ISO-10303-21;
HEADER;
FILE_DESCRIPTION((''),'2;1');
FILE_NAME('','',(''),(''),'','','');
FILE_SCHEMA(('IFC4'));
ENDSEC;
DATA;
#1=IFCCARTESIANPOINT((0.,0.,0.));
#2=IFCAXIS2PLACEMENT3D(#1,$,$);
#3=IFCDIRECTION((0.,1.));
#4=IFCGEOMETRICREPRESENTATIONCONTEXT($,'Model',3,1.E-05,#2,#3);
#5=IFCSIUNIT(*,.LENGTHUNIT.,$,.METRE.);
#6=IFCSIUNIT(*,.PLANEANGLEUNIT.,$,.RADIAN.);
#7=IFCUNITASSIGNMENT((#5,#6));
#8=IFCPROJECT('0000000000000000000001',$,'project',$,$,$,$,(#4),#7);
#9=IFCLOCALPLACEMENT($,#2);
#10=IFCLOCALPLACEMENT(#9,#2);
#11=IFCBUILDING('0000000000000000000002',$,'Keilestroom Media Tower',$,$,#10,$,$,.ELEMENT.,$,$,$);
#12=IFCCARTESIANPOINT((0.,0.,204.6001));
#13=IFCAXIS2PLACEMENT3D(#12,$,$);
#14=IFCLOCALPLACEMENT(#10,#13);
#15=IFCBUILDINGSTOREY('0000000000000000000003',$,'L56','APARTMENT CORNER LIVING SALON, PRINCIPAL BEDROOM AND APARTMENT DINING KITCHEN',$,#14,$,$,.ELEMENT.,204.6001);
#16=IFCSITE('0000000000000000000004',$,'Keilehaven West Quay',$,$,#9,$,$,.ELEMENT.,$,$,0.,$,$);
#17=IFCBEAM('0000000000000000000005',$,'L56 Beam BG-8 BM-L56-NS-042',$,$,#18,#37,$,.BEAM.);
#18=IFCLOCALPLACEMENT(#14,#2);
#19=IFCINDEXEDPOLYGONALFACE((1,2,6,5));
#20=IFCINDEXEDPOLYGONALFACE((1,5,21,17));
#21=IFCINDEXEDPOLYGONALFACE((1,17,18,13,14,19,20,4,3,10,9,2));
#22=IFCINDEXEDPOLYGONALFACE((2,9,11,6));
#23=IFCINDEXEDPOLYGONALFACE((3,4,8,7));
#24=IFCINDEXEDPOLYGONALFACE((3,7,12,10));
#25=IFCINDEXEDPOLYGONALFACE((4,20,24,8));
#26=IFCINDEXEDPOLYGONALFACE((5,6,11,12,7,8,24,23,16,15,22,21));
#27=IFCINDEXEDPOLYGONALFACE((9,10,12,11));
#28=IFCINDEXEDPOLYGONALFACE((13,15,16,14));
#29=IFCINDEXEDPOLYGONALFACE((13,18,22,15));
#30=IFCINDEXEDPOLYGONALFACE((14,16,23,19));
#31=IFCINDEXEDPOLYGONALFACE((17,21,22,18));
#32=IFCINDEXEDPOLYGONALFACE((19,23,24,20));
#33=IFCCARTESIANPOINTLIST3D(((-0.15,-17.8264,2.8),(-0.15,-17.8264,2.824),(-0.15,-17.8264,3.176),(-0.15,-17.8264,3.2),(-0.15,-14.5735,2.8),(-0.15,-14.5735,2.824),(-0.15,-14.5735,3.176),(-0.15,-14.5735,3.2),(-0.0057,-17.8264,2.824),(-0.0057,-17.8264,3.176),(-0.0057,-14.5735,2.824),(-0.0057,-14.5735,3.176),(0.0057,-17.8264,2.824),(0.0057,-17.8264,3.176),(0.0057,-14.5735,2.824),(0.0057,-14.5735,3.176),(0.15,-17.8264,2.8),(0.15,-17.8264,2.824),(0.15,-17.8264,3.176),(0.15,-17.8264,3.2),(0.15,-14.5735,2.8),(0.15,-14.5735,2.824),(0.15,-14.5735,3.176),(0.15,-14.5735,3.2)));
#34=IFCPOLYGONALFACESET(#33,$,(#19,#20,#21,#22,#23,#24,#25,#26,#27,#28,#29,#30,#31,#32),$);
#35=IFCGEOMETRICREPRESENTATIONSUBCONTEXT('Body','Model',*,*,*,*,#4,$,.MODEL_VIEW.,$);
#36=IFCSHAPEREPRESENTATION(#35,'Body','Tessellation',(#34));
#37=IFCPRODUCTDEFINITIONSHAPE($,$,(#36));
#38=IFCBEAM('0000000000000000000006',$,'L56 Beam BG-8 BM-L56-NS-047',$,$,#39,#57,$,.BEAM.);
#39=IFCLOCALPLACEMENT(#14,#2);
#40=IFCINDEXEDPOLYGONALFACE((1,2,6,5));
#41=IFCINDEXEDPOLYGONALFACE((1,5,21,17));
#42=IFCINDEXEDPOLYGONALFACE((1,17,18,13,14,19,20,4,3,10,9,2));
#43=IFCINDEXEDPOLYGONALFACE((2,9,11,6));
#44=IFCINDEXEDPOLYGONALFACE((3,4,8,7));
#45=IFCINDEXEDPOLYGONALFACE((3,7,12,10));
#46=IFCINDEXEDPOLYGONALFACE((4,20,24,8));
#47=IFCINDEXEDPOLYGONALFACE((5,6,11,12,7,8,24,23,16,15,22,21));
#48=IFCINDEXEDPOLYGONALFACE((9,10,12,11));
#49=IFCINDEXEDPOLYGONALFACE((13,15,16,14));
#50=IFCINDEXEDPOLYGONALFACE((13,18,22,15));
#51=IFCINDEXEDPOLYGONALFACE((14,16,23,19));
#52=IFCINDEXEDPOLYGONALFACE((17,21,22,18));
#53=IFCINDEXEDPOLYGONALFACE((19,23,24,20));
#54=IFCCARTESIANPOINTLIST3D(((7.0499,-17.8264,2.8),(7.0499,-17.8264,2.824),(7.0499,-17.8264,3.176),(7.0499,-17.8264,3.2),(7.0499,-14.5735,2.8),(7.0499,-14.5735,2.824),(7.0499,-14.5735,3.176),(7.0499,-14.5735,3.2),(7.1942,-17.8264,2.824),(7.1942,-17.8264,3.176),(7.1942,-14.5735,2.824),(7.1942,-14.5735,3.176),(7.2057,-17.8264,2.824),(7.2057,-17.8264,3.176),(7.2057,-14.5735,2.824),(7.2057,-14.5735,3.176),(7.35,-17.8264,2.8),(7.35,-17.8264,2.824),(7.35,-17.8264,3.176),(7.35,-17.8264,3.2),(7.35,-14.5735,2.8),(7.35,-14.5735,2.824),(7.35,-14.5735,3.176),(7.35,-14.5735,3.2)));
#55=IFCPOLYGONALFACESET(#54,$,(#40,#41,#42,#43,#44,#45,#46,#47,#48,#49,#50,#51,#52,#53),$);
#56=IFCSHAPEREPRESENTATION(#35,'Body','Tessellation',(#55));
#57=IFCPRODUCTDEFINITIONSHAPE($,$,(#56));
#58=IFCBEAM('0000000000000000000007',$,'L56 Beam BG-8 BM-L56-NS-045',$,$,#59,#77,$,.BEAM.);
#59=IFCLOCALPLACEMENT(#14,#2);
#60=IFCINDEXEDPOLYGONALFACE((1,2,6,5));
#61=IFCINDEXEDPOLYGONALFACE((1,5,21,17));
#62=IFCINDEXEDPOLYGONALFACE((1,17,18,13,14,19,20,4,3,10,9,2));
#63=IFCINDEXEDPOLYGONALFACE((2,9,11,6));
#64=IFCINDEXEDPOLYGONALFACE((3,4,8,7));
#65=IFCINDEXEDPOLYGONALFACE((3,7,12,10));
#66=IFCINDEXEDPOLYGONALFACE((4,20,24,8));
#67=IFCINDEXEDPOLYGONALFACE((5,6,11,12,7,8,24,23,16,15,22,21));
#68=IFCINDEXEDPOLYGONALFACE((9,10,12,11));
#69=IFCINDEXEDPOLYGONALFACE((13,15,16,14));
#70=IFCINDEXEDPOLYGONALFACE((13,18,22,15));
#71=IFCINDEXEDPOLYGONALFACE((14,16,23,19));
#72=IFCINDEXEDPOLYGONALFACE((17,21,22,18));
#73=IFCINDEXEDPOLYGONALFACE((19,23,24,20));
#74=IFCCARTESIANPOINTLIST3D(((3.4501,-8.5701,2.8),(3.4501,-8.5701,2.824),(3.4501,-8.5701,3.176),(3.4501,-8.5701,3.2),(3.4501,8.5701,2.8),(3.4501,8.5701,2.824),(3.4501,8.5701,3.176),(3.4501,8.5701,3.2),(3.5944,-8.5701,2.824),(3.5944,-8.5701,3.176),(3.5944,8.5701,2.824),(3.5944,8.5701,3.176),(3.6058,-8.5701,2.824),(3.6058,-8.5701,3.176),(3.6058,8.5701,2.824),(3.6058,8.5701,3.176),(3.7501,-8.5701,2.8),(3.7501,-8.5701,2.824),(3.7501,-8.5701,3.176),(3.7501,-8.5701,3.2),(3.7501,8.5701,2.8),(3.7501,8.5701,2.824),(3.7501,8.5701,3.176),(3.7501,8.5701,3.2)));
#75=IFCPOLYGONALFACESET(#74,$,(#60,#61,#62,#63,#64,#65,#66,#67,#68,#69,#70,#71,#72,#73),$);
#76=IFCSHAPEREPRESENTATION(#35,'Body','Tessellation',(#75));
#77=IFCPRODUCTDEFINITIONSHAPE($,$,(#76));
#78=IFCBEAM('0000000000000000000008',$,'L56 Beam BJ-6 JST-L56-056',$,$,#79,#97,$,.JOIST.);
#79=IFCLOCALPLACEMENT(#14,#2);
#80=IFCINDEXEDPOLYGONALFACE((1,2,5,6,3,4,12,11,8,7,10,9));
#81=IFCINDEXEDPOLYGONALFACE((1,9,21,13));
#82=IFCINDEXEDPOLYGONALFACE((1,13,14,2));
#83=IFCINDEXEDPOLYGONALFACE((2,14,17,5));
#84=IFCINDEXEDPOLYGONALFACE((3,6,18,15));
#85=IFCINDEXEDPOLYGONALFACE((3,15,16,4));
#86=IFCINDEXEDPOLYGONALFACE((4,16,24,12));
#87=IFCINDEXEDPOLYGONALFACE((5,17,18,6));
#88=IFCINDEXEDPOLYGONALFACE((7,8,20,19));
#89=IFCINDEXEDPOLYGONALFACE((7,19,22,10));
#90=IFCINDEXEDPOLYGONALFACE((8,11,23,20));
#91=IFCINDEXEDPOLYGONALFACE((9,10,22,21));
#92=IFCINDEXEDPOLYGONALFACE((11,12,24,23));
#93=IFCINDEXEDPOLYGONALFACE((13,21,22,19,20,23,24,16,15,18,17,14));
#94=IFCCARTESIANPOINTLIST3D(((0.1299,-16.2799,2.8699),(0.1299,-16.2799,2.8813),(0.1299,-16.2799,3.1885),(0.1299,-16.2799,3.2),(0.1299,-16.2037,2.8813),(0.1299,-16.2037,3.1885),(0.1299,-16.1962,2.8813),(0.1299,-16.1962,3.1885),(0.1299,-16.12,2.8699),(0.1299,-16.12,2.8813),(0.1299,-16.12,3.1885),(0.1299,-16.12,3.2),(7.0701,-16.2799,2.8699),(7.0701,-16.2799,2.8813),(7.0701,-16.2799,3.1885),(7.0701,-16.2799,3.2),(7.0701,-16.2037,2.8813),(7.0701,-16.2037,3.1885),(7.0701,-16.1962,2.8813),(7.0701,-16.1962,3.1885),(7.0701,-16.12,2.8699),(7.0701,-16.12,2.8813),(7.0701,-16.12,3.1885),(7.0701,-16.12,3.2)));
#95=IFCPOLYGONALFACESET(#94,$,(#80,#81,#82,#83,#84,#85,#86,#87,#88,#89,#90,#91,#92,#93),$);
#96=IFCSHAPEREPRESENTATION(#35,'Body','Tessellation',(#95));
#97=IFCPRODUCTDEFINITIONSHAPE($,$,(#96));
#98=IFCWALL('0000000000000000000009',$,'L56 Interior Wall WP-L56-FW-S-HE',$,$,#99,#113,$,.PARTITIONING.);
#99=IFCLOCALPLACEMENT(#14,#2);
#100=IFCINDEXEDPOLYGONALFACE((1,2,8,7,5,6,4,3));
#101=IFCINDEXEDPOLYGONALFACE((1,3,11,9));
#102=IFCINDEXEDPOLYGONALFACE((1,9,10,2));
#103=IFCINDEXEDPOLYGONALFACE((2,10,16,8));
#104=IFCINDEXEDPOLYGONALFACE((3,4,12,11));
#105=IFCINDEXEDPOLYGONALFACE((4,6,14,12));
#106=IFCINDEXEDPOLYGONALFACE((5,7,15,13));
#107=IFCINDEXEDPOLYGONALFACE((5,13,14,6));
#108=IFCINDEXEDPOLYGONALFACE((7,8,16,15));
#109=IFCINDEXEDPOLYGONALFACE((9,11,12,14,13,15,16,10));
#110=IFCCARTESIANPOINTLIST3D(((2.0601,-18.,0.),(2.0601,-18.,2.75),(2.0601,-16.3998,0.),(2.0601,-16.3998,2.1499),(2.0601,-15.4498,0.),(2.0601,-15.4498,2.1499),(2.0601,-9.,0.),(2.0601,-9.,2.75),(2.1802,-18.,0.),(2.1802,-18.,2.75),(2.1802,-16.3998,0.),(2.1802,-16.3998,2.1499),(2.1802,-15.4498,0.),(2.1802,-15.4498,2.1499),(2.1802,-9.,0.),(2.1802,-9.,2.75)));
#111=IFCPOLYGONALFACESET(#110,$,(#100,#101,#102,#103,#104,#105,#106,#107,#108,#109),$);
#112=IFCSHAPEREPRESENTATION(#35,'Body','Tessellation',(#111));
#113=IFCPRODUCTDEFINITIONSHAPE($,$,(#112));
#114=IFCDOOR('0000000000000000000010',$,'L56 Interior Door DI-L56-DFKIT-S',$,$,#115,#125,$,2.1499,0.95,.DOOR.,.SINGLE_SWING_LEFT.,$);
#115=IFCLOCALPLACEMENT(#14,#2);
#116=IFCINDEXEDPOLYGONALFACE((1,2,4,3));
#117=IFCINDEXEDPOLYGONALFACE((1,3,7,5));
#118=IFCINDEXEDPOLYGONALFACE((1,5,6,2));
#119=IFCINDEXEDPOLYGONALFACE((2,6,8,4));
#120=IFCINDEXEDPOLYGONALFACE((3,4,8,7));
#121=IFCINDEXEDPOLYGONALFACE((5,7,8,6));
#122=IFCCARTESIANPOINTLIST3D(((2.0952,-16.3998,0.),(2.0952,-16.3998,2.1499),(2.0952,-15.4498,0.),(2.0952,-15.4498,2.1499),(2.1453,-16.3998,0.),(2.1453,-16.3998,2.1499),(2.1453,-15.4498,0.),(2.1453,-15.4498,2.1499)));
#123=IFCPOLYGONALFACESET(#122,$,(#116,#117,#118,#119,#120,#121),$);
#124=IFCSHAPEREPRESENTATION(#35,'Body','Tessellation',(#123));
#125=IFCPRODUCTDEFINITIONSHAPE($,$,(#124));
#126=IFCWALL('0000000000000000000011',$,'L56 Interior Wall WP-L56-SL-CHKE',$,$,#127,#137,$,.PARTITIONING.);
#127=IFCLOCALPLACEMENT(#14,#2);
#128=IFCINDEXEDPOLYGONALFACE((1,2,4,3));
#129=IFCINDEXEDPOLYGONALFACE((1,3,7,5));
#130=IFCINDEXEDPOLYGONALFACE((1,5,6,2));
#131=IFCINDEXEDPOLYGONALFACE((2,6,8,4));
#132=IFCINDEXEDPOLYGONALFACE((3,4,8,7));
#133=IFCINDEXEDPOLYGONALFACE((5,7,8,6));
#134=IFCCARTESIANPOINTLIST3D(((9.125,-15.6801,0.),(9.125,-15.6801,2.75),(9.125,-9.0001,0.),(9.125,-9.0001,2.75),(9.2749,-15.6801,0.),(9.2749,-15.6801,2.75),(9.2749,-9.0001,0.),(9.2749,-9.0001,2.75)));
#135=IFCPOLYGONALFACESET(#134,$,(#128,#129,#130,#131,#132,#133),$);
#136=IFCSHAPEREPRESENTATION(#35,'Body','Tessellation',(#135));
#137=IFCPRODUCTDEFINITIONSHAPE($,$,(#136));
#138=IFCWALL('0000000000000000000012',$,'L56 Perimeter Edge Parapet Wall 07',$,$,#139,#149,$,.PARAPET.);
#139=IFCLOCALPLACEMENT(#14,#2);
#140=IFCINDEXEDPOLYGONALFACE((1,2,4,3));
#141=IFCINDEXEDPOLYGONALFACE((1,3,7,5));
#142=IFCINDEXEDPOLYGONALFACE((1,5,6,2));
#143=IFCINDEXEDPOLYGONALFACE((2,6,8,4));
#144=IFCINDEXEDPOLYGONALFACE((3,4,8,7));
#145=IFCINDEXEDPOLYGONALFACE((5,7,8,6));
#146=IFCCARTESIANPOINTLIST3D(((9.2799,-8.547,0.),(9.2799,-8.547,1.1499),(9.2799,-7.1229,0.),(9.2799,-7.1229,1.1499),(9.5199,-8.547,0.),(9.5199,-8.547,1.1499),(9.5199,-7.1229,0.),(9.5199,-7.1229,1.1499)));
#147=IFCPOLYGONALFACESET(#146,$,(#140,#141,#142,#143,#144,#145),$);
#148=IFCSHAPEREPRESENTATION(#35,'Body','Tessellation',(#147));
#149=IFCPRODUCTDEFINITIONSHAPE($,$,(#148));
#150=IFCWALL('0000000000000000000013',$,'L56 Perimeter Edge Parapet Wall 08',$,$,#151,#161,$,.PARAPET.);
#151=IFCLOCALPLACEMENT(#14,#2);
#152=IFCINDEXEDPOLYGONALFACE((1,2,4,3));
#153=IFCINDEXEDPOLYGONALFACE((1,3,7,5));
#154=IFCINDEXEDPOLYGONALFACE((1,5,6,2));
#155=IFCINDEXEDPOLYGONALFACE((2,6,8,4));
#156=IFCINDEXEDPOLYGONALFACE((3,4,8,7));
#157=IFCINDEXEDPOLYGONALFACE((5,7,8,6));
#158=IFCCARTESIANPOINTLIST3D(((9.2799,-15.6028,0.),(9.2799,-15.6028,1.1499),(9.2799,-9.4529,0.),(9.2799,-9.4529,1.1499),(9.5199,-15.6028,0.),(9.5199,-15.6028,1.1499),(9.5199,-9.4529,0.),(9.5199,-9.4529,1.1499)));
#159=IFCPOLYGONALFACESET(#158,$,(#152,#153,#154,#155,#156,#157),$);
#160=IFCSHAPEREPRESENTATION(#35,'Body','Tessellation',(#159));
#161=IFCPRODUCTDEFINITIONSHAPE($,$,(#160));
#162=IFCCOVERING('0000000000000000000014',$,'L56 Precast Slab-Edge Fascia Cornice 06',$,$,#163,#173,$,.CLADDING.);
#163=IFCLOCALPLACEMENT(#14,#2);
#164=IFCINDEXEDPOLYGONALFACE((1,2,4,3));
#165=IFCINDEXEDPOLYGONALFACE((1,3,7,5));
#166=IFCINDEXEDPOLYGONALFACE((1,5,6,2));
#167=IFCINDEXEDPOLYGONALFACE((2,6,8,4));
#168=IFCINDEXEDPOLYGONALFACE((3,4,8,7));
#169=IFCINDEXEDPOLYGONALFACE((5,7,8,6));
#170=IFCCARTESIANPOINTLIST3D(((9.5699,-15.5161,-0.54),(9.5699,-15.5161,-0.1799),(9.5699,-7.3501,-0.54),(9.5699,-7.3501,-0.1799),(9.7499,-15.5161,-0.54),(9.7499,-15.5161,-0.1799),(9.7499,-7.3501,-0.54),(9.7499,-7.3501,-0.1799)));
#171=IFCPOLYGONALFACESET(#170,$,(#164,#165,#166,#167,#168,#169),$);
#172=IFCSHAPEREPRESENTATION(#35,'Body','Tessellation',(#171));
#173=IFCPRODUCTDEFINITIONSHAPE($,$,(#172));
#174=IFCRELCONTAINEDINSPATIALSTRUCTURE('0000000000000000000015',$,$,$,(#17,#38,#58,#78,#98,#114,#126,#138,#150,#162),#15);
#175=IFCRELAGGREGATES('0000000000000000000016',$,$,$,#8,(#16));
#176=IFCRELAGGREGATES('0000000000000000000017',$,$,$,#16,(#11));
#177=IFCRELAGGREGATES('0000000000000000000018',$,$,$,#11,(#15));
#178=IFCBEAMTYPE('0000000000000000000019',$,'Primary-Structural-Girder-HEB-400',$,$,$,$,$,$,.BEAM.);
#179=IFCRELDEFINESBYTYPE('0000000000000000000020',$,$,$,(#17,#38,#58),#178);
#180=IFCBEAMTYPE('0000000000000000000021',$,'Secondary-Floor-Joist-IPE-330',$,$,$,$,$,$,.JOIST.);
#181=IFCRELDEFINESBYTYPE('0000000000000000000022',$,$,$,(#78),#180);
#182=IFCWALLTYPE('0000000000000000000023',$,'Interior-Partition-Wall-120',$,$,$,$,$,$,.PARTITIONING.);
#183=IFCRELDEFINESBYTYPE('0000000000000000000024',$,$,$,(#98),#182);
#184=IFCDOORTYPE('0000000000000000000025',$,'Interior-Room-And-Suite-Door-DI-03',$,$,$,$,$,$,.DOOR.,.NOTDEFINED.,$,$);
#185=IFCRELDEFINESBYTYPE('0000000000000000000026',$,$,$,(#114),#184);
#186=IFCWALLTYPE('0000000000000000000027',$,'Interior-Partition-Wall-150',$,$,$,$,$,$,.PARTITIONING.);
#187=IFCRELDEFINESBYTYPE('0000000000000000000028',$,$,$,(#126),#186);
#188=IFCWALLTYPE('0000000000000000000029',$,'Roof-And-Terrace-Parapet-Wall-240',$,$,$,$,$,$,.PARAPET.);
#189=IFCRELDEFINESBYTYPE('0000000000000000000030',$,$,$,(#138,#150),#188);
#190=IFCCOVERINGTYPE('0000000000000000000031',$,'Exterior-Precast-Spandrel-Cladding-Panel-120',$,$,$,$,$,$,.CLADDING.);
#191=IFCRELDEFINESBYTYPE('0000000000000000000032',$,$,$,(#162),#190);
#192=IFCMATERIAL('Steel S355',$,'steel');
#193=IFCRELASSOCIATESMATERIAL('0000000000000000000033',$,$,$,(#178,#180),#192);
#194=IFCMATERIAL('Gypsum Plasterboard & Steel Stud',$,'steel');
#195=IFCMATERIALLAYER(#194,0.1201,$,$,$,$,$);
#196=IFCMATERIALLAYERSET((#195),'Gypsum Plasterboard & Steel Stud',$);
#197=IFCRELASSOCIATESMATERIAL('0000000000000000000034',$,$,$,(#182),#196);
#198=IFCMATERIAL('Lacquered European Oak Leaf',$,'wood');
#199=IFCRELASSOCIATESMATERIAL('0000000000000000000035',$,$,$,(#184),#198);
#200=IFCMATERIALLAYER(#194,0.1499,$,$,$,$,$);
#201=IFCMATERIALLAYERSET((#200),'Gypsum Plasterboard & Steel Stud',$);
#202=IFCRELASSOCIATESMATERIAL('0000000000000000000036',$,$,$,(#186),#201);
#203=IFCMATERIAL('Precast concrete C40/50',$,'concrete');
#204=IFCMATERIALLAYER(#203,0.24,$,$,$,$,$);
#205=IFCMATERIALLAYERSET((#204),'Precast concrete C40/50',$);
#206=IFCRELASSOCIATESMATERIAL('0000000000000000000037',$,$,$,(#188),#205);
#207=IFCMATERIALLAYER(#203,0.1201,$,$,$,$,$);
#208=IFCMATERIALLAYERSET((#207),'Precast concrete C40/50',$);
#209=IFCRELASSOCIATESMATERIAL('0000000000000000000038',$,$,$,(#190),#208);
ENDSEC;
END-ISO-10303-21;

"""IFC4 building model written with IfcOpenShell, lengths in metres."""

from ifc_helpers import new_model, si_unit, direction, frame, frame_2d, origin, origin_2d, place, context, subcontext, project, spatial, rectangle, i_section, extrude, source, transform, mapped, material, layer, layer_set, material_profile, profile_set, type_object, element, fill, save


model = new_model("IFC4")

# Units and contexts
model_context = context("Model", 3, precision=1e-05, world=origin(), true_north=direction((0.0, 1.0)))
body_context = subcontext(model_context, "Body", "Model", "MODEL_VIEW")
ifc_project = project(units=[si_unit("LENGTHUNIT", "METRE"), si_unit("PLANEANGLEUNIT", "RADIAN")], contexts=[model_context])

# Site, building, storey
site_placement = place(None, origin())
site = spatial("IfcSite", under=ifc_project, at=site_placement, Name="Keilehaven West Quay", CompositionType="ELEMENT", RefElevation=0.0)
building_placement = place(site_placement, origin())
building = spatial("IfcBuilding", under=site, at=building_placement, Name="Keilestroom Media Tower", CompositionType="ELEMENT")
storey_placement = place(building_placement, frame((0.0, 0.0, 204.6001)))
storey = spatial("IfcBuildingStorey", under=building, at=storey_placement, Name="L56", Description="APARTMENT CORNER LIVING SALON, PRINCIPAL BEDROOM AND APARTMENT DINING KITCHEN", CompositionType="ELEMENT", Elevation=204.6001)

# Shared definitions
ifc_material_1 = material(Name="Precast concrete C40/50", Category="concrete")
ifc_material_2 = material(Name="Steel S355", Category="steel")

# Beams
ifc_material_profile_1 = material_profile(ifc_material_2, i_section(OverallWidth=0.3, OverallDepth=0.3999, WebThickness=0.0115, FlangeThickness=0.0239, at=origin_2d()), Name="HEB 400")
ifc_profile_set_1 = profile_set([ifc_material_profile_1], Name="Steel S355")
beam_type_1 = type_object("IfcBeamType", Name="Primary-Structural-Girder-HEB-400", PredefinedType="BEAM", material=ifc_profile_set_1)
shared_shape_1 = source(origin(), body_context, "Body", "SweptSolid", [
    extrude(i_section(OverallWidth=0.3, OverallDepth=0.3999, WebThickness=0.0115, FlangeThickness=0.0239, at=origin_2d()), origin(), (0.0, 0.0, 1.0), 3.2529),
])
for number, where, z_axis, x_axis, name in (
    (1, (0.0, -17.8264, 3.0), (0.0, 1.0, 0.0), (-1.0, 0.0, 0.0), "L56 Beam BG-8 BM-L56-NS-042"),
    (2, (7.2, -17.8264, 3.0), (0.0, 1.0, 0.0), (-1.0, 0.0, 0.0), "L56 Beam BG-8 BM-L56-NS-047"),
):
    element("IfcBeam", number, at=place(storey_placement, frame(where, z_axis=z_axis, x_axis=x_axis)), inside=storey, type_object=beam_type_1, Name=name, PredefinedType="BEAM", context=body_context, shape_type="MappedRepresentation", body=[
        mapped(shared_shape_1, transform((0.0, 0.0, 0.0), x_axis=(1.0, 0.0, 0.0), y_axis=(0.0, 1.0, 0.0), z_axis=(0.0, 0.0, 1.0), scale=1.0)),
    ])
shared_shape_2 = source(origin(), body_context, "Body", "SweptSolid", [
    extrude(i_section(OverallWidth=0.3, OverallDepth=0.3999, WebThickness=0.0115, FlangeThickness=0.0239, at=origin_2d()), origin(), (0.0, 0.0, 1.0), 17.1401),
])
beam_1_placement = place(storey_placement, frame((3.6001, -8.5701, 3.0), z_axis=(0.0, 1.0, 0.0), x_axis=(-1.0, 0.0, 0.0)))
element("IfcBeam", 3, at=beam_1_placement, inside=storey, type_object=beam_type_1, Name="L56 Beam BG-8 BM-L56-NS-045", PredefinedType="BEAM", context=body_context, shape_type="MappedRepresentation", body=[
    mapped(shared_shape_2, transform((0.0, 0.0, 0.0), x_axis=(1.0, 0.0, 0.0), y_axis=(0.0, 1.0, 0.0), z_axis=(0.0, 0.0, 1.0), scale=1.0)),
])
ifc_material_profile_2 = material_profile(ifc_material_2, i_section(OverallWidth=0.1599, OverallDepth=0.3301, WebThickness=0.0076, FlangeThickness=0.0115, at=origin_2d()), Name="IPE 330")
ifc_profile_set_2 = profile_set([ifc_material_profile_2], Name="Steel S355")
beam_type_2 = type_object("IfcBeamType", Name="Secondary-Floor-Joist-IPE-330", PredefinedType="JOIST", material=ifc_profile_set_2)
shared_shape_3 = source(origin(), body_context, "Body", "SweptSolid", [
    extrude(i_section(OverallWidth=0.1599, OverallDepth=0.3301, WebThickness=0.0076, FlangeThickness=0.0115, at=origin_2d()), origin(), (0.0, 0.0, 1.0), 6.9402),
])
beam_2_placement = place(storey_placement, frame((0.1299, -16.2, 3.0349), z_axis=(1.0, 0.0, 0.0), x_axis=(0.0, 1.0, 0.0)))
element("IfcBeam", 4, at=beam_2_placement, inside=storey, type_object=beam_type_2, Name="L56 Beam BJ-6 JST-L56-056", PredefinedType="JOIST", context=body_context, shape_type="MappedRepresentation", body=[
    mapped(shared_shape_3, transform((0.0, 0.0, 0.0), x_axis=(1.0, 0.0, 0.0), y_axis=(0.0, 1.0, 0.0), z_axis=(0.0, 0.0, 1.0), scale=1.0)),
])

# Wall, opening, door
ifc_material_3 = material(Name="Gypsum Plasterboard & Steel Stud", Category="steel")
ifc_layer_1 = layer(ifc_material_3, 0.1201)
ifc_layer_set_1 = layer_set([ifc_layer_1], Name="Gypsum Plasterboard & Steel Stud")
wall_type_1 = type_object("IfcWallType", Name="Interior-Partition-Wall-120", PredefinedType="PARTITIONING", material=ifc_layer_set_1)
wall_1_placement = place(storey_placement, frame((2.1201, -18.0, 0.0), z_axis=(0.0, 0.0, 1.0), x_axis=(0.0, 1.0, 0.0)))
wall_1 = element("IfcWall", 5, at=wall_1_placement, inside=storey, type_object=wall_type_1, Name="L56 Interior Wall WP-L56-FW-S-HE", PredefinedType="PARTITIONING", context=body_context, shape_type="SweptSolid", body=[
    extrude(rectangle(XDim=9.0, YDim=0.1201, at=frame_2d((4.5, 0.0))), origin(), (0.0, 0.0, 1.0), 2.75),
])
opening_placement = place(wall_1_placement, frame((1.6001, 0.0, 0.0)))
opening = element("IfcOpeningElement", 6, at=opening_placement, cuts=wall_1, PredefinedType="OPENING", context=body_context, shape_type="SweptSolid", body=[
    extrude(rectangle(XDim=0.95, YDim=2.1499, at=frame_2d((0.4751, 1.075))), frame((0.0, 0.0701, 0.0), z_axis=(0.0, -1.0, 0.0), x_axis=(1.0, 0.0, 0.0)), (0.0, 0.0, 1.0), 0.1401),
])
ifc_material_4 = material(Name="Lacquered European Oak Leaf", Category="wood")
door_type = type_object("IfcDoorType", Name="Interior-Room-And-Suite-Door-DI-03", OperationType="NOTDEFINED", PredefinedType="DOOR", material=ifc_material_4)
shared_shape_4 = source(origin(), body_context, "Body", "SweptSolid", [
    extrude(rectangle(XDim=0.95, YDim=2.1499, at=frame_2d((0.4751, 1.075))), frame((0.0, 0.0249, 0.0), z_axis=(0.0, -1.0, 0.0), x_axis=(1.0, 0.0, 0.0)), (0.0, 0.0, 1.0), 0.05),
])
door_placement = place(opening_placement, origin())
door = element("IfcDoor", 7, at=door_placement, inside=storey, type_object=door_type, Name="L56 Interior Door DI-L56-DFKIT-S", OperationType="SINGLE_SWING_LEFT", OverallHeight=2.1499, OverallWidth=0.95, PredefinedType="DOOR", context=body_context, shape_type="MappedRepresentation", body=[
    mapped(shared_shape_4, transform((0.0, 0.0, 0.0), x_axis=(1.0, 0.0, 0.0), y_axis=(0.0, 1.0, 0.0), z_axis=(0.0, 0.0, 1.0), scale=1.0)),
])
fill(opening, door)

# Walls
ifc_layer_2 = layer(ifc_material_3, 0.1499)
ifc_layer_set_2 = layer_set([ifc_layer_2], Name="Gypsum Plasterboard & Steel Stud")
wall_type_2 = type_object("IfcWallType", Name="Interior-Partition-Wall-150", PredefinedType="PARTITIONING", material=ifc_layer_set_2)
wall_2_placement = place(storey_placement, frame((9.2, -15.6799, 0.0), z_axis=(0.0, 0.0, 1.0), x_axis=(0.0, 1.0, 0.0)))
element("IfcWall", 8, at=wall_2_placement, inside=storey, type_object=wall_type_2, Name="L56 Interior Wall WP-L56-SL-CHKE", PredefinedType="PARTITIONING", context=body_context, shape_type="SweptSolid", body=[
    extrude(rectangle(XDim=6.6799, YDim=0.1499, at=frame_2d((3.3398, 0.0))), origin(), (0.0, 0.0, 1.0), 2.75),
])
ifc_layer_3 = layer(ifc_material_1, 0.24)
ifc_layer_set_3 = layer_set([ifc_layer_3], Name="Precast concrete C40/50")
wall_type_3 = type_object("IfcWallType", Name="Roof-And-Terrace-Parapet-Wall-240", PredefinedType="PARAPET", material=ifc_layer_set_3)
wall_3_placement = place(storey_placement, frame((9.3999, -7.123, 0.0), z_axis=(0.0, 0.0, 1.0), x_axis=(0.0, -1.0, 0.0)))
element("IfcWall", 9, at=wall_3_placement, inside=storey, type_object=wall_type_3, Name="L56 Perimeter Edge Parapet Wall 07", PredefinedType="PARAPET", context=body_context, shape_type="SweptSolid", body=[
    extrude(rectangle(XDim=1.4241, YDim=0.24, at=frame_2d((0.7119, 0.0))), origin(), (0.0, 0.0, 1.0), 1.1499),
])
wall_4_placement = place(storey_placement, frame((9.3999, -9.4529, 0.0), z_axis=(0.0, 0.0, 1.0), x_axis=(0.0, -1.0, 0.0)))
element("IfcWall", 10, at=wall_4_placement, inside=storey, type_object=wall_type_3, Name="L56 Perimeter Edge Parapet Wall 08", PredefinedType="PARAPET", context=body_context, shape_type="SweptSolid", body=[
    extrude(rectangle(XDim=6.1499, YDim=0.24, at=frame_2d((3.075, 0.0))), origin(), (0.0, 0.0, 1.0), 1.1499),
])

# Covering
ifc_layer_4 = layer(ifc_material_1, 0.1201)
ifc_layer_set_4 = layer_set([ifc_layer_4], Name="Precast concrete C40/50")
covering_type = type_object("IfcCoveringType", Name="Exterior-Precast-Spandrel-Cladding-Panel-120", PredefinedType="CLADDING", material=ifc_layer_set_4)
shared_shape_5 = source(origin(), body_context, "Body", "SweptSolid", [
    extrude(rectangle(XDim=8.166, YDim=0.1799, at=origin_2d()), origin(), (0.0, 0.0, 1.0), 0.3601),
])
covering_1_placement = place(storey_placement, frame((9.6599, -11.4331, -0.54), z_axis=(0.0, 0.0, 1.0), x_axis=(0.0, -1.0, 0.0)))
element("IfcCovering", 11, at=covering_1_placement, inside=storey, type_object=covering_type, Name="L56 Precast Slab-Edge Fascia Cornice 06", PredefinedType="CLADDING", context=body_context, shape_type="MappedRepresentation", body=[
    mapped(shared_shape_5, transform((0.0, 0.0, 0.0), x_axis=(1.0, 0.0, 0.0), y_axis=(0.0, 1.0, 0.0), z_axis=(0.0, 0.0, 1.0), scale=1.0)),
])

save(model, "model.ifc")
